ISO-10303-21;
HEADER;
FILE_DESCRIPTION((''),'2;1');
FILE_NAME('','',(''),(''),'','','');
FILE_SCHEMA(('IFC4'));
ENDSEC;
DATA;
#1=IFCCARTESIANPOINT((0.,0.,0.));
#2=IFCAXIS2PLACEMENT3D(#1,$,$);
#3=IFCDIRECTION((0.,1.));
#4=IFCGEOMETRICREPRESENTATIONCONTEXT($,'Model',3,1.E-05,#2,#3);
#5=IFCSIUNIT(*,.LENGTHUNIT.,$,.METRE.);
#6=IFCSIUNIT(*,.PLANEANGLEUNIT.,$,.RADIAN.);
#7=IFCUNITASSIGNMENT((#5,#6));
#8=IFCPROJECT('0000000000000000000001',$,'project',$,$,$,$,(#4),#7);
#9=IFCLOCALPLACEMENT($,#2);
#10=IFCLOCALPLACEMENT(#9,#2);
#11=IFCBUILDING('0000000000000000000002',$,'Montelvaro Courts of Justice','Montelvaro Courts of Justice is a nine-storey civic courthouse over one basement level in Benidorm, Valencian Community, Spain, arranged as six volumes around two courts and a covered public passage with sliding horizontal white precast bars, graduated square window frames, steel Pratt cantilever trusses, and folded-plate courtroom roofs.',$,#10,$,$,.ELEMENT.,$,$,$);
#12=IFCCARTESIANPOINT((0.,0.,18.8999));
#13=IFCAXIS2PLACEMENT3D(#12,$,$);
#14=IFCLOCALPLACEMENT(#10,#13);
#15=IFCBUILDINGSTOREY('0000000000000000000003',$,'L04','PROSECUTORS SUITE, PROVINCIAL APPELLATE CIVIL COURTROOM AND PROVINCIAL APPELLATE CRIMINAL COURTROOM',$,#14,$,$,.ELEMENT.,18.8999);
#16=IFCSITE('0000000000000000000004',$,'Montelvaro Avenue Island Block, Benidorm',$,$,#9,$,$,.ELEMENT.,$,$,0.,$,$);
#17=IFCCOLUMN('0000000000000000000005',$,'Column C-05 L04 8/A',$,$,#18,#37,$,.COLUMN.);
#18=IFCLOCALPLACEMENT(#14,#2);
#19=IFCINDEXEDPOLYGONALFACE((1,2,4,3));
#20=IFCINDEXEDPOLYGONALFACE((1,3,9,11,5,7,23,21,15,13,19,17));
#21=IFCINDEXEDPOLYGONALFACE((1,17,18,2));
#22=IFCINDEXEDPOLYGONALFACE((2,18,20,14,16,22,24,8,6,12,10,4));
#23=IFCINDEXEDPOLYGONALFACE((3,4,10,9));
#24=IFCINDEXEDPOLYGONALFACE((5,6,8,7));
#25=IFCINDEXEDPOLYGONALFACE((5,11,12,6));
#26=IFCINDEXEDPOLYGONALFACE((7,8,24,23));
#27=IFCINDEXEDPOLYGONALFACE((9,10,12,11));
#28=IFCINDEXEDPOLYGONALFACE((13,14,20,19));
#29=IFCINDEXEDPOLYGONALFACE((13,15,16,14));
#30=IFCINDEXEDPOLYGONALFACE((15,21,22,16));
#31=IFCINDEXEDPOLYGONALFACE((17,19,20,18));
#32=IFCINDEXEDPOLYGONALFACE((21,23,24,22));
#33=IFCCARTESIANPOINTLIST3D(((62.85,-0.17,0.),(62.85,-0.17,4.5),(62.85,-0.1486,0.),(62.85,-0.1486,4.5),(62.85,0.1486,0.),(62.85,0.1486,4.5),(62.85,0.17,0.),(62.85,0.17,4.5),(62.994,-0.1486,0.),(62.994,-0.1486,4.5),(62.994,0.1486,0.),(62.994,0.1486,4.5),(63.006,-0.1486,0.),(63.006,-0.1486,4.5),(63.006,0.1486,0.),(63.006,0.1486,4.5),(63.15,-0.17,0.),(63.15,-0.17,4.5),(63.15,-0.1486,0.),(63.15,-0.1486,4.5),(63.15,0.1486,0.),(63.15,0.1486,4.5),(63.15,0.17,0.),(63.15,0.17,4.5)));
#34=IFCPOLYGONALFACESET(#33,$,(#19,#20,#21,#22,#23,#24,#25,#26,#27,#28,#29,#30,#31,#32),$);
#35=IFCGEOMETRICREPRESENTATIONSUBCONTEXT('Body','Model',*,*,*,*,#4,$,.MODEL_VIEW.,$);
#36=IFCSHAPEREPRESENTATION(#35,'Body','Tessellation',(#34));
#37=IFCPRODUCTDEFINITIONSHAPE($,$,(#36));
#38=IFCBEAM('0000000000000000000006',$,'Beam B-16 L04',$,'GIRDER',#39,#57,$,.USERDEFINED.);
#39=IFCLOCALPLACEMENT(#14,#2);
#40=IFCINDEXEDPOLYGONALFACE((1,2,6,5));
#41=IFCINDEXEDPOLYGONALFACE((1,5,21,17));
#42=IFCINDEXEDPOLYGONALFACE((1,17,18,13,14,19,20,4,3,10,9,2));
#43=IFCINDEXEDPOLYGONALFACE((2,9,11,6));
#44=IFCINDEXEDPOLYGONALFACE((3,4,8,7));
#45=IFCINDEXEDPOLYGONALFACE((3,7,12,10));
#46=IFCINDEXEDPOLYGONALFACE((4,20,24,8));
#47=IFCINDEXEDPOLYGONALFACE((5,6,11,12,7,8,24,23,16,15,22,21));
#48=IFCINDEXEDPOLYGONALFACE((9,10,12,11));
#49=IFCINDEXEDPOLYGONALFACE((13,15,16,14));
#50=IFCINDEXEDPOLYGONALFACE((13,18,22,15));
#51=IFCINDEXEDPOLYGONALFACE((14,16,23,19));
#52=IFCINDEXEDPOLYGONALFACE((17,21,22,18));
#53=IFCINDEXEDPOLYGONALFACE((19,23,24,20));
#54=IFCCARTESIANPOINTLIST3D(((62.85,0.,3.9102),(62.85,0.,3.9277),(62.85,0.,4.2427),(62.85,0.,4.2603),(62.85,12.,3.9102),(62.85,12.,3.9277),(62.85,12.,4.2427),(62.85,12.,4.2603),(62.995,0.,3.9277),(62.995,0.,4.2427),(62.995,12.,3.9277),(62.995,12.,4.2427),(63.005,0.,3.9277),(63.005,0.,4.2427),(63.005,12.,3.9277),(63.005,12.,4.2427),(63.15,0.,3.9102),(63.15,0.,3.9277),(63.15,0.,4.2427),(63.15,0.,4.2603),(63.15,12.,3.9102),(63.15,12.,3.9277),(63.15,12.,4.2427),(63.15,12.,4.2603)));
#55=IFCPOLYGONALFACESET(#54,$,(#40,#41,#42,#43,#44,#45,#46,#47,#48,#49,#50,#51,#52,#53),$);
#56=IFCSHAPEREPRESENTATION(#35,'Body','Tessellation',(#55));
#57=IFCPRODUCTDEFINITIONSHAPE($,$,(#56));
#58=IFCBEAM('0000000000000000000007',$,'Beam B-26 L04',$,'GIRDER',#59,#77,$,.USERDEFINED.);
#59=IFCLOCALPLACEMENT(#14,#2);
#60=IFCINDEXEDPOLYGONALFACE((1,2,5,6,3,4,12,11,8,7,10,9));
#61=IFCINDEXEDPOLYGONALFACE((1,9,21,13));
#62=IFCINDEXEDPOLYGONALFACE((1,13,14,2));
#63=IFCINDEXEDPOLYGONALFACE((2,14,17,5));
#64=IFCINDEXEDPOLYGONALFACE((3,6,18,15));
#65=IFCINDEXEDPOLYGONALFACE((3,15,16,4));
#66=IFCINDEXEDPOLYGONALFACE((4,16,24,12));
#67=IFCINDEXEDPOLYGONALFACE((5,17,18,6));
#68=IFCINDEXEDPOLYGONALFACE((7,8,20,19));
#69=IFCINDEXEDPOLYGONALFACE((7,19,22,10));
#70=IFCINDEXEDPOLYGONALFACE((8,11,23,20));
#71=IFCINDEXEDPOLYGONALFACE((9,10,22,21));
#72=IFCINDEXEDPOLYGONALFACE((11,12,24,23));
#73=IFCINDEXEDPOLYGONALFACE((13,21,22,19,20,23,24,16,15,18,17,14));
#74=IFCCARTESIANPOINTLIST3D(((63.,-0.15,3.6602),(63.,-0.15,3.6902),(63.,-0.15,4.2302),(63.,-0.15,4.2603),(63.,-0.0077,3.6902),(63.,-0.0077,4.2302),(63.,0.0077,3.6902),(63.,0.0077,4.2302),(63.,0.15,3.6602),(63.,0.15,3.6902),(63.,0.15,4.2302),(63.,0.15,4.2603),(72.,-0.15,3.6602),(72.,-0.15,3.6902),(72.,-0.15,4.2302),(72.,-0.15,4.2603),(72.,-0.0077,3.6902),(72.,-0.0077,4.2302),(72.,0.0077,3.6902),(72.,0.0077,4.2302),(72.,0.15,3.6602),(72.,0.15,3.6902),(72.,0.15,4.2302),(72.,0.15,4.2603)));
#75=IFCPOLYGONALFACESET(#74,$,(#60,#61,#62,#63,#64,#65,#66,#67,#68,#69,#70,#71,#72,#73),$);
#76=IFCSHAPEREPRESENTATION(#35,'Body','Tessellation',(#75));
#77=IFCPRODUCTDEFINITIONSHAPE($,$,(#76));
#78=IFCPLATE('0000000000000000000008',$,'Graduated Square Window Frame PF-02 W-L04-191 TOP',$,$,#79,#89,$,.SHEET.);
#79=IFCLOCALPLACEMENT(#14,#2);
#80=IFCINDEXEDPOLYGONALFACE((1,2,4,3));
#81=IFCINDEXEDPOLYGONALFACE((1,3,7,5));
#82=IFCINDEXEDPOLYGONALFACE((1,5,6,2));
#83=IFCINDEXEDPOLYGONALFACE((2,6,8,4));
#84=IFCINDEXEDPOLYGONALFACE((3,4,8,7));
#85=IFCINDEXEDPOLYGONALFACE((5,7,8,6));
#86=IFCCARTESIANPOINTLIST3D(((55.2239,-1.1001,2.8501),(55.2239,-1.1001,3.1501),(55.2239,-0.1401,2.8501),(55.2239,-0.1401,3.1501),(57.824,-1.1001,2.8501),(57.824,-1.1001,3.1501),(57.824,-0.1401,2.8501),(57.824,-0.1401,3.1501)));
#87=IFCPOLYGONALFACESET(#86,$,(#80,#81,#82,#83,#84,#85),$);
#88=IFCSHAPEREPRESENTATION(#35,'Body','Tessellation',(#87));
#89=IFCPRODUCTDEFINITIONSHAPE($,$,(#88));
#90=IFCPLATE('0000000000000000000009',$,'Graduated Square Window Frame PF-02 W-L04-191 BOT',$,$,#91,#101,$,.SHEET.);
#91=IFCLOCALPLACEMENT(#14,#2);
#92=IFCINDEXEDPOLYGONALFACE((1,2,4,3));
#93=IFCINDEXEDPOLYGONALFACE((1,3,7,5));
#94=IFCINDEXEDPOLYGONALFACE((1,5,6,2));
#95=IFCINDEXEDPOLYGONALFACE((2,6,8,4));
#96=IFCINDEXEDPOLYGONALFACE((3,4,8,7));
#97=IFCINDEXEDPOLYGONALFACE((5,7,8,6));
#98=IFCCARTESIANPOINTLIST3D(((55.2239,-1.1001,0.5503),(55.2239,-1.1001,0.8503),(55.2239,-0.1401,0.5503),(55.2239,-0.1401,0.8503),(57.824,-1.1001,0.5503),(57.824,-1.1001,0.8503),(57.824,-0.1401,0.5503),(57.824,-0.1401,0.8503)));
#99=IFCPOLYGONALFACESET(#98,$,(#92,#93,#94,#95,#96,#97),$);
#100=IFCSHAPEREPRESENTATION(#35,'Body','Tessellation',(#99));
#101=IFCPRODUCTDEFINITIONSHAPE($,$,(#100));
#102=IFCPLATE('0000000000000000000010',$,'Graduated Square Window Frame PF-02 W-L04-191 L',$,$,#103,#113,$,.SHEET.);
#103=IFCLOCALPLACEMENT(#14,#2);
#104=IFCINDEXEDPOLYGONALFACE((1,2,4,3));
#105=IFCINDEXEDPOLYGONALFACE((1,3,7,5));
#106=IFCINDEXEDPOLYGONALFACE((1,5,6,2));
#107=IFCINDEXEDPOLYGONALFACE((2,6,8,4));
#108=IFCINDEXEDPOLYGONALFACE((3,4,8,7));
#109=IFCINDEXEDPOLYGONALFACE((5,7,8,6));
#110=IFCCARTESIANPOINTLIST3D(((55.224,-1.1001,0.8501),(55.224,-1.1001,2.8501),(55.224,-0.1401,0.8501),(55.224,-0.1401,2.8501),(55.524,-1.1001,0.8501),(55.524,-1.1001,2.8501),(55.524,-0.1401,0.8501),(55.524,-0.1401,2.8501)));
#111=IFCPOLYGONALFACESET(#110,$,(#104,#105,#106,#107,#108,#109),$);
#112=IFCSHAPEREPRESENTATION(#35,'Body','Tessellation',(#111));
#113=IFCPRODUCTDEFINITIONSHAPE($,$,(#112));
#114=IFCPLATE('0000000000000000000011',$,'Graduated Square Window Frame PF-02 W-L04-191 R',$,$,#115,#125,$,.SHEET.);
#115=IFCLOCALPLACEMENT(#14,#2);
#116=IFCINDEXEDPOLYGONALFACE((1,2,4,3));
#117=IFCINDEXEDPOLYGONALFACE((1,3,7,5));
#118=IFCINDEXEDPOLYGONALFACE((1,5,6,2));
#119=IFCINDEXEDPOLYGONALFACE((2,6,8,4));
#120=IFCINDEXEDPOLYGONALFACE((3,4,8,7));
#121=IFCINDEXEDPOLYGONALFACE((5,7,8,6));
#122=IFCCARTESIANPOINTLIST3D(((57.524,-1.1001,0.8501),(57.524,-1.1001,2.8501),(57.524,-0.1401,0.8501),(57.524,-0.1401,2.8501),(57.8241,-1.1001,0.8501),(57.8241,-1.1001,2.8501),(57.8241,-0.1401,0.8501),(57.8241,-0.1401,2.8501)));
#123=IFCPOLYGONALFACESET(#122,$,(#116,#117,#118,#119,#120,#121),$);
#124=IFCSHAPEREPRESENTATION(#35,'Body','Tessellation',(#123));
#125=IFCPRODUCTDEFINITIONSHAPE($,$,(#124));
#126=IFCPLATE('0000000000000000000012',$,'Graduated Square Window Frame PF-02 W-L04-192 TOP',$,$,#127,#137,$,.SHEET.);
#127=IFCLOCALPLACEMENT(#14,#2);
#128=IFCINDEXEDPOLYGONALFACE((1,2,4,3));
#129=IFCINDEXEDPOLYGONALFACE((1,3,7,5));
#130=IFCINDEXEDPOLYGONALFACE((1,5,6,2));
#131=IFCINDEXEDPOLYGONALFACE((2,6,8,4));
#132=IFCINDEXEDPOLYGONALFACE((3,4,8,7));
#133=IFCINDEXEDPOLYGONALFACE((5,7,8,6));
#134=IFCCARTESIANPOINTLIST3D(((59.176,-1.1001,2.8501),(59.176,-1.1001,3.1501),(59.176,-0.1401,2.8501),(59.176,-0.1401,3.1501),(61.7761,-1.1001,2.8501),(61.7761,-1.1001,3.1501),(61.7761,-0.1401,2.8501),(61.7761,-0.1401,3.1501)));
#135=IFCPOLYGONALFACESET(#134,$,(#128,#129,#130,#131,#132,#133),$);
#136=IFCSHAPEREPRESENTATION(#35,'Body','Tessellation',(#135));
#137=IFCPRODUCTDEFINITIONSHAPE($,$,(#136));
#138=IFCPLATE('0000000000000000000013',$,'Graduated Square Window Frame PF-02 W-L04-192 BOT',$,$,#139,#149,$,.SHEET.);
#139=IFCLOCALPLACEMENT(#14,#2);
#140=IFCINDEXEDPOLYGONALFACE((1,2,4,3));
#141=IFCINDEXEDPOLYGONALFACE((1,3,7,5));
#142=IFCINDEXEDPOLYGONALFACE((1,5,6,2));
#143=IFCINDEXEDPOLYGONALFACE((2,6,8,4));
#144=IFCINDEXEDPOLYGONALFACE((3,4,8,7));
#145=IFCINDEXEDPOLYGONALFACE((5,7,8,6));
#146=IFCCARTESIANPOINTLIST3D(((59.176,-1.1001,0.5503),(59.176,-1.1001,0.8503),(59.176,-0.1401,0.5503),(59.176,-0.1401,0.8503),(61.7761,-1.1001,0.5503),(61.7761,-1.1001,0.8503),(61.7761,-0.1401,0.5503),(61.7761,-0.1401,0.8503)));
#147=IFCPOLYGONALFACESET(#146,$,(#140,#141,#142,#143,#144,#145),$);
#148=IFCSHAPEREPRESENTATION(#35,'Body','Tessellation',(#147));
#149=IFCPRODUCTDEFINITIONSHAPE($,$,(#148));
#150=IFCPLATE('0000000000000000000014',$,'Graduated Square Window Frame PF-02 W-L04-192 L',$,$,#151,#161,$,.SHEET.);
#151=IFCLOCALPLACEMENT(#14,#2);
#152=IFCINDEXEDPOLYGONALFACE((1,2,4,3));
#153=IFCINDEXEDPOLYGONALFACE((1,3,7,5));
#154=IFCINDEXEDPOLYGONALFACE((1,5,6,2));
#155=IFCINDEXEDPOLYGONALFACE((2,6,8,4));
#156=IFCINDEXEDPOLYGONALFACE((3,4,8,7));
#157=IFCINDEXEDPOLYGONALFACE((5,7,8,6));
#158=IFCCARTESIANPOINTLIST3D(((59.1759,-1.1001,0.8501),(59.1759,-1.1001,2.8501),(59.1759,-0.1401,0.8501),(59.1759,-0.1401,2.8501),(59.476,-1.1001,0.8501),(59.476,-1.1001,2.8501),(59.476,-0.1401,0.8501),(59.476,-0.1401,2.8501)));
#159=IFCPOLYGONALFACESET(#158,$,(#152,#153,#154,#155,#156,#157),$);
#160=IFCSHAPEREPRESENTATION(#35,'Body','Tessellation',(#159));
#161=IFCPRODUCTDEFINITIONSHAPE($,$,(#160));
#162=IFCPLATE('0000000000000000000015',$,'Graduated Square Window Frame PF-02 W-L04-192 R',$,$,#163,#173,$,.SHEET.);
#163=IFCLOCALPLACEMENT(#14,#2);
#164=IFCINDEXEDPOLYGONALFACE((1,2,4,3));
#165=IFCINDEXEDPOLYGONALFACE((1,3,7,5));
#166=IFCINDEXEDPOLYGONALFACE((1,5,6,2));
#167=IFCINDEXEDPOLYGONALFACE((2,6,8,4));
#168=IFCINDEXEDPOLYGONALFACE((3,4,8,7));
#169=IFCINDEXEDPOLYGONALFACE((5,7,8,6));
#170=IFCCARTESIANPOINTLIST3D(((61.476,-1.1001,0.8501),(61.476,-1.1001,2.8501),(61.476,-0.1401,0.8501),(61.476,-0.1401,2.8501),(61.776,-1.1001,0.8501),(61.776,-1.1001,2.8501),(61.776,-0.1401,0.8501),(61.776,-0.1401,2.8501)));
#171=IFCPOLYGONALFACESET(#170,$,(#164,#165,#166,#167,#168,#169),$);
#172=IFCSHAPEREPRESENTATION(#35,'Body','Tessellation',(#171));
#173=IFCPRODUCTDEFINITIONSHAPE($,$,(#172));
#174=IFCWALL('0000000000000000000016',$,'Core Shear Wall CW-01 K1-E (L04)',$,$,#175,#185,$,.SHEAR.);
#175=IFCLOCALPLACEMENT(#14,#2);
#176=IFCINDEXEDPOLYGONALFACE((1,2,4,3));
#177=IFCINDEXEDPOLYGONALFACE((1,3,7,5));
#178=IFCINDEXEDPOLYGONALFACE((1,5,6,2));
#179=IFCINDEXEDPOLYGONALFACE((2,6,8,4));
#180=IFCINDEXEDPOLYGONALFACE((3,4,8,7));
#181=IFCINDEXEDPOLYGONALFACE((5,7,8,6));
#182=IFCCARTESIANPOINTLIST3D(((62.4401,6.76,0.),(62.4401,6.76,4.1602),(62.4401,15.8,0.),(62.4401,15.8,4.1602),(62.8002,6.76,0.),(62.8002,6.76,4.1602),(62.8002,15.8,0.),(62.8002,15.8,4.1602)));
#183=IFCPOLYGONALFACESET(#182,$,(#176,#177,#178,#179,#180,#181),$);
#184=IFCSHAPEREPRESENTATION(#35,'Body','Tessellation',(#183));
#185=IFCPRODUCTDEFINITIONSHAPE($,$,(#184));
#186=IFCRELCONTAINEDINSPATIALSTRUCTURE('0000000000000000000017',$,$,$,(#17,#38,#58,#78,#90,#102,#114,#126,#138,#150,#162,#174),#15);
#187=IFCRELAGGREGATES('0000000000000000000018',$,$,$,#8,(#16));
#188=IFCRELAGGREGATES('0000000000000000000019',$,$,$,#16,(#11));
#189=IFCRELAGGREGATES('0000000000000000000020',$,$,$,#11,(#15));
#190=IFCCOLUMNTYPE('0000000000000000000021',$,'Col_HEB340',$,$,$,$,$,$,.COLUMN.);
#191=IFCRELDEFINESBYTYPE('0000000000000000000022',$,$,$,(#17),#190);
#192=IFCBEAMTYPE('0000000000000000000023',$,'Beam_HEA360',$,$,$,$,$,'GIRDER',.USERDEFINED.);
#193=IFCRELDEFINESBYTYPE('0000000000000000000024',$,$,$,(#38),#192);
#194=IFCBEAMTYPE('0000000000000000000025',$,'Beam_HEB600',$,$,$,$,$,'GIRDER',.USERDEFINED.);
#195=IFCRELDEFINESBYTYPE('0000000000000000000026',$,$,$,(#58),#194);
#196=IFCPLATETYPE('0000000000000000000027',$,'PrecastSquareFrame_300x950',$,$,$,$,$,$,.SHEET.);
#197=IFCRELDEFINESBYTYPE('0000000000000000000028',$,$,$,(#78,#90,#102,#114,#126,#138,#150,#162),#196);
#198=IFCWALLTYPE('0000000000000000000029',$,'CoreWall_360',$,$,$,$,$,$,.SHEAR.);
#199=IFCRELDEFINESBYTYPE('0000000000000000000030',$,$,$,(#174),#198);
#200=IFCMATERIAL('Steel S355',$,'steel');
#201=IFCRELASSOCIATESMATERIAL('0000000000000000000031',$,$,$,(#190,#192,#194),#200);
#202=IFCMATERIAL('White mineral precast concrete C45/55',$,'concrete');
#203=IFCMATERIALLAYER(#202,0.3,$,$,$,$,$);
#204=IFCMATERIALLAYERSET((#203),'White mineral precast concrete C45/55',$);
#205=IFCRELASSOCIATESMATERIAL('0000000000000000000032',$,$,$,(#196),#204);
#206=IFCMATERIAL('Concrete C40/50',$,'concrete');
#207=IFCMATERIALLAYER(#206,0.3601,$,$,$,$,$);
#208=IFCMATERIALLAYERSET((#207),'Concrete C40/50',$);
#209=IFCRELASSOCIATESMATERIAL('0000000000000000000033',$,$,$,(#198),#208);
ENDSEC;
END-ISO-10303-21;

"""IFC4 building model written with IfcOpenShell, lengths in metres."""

from ifc_helpers import new_model, si_unit, direction, frame, frame_2d, origin, origin_2d, place, context, subcontext, project, spatial, rectangle, i_section, extrude, material, layer, layer_set, material_profile, profile_set, type_object, element, save


model = new_model("IFC4")

# Units and contexts
model_context = context("Model", 3, precision=1e-05, world=origin(), true_north=direction((0.0, 1.0)))
body_context = subcontext(model_context, "Body", "Model", "MODEL_VIEW")
ifc_project = project(units=[si_unit("LENGTHUNIT", "METRE"), si_unit("PLANEANGLEUNIT", "RADIAN")], contexts=[model_context])

# Site, building, storey
site_placement = place(None, origin())
site = spatial("IfcSite", under=ifc_project, at=site_placement, Name="Montelvaro Avenue Island Block, Benidorm", CompositionType="ELEMENT", RefElevation=0.0)
building_placement = place(site_placement, origin())
building = spatial("IfcBuilding", under=site, at=building_placement, Name="Montelvaro Courts of Justice", Description="Montelvaro Courts of Justice is a nine-storey civic courthouse over one basement level in Benidorm, Valencian Community, Spain, arranged as six volumes around two courts and a covered public passage with sliding horizontal white precast bars, graduated square window frames, steel Pratt cantilever trusses, and folded-plate courtroom roofs.", CompositionType="ELEMENT")
storey_placement = place(building_placement, frame((0.0, 0.0, 18.8999)))
storey = spatial("IfcBuildingStorey", under=building, at=storey_placement, Name="L04", Description="PROSECUTORS SUITE, PROVINCIAL APPELLATE CIVIL COURTROOM AND PROVINCIAL APPELLATE CRIMINAL COURTROOM", CompositionType="ELEMENT", Elevation=18.8999)

# Column
ifc_material_1 = material(Name="Steel S355", Category="steel")
ifc_material_profile_1 = material_profile(ifc_material_1, i_section(OverallWidth=0.3, OverallDepth=0.3401, WebThickness=0.012, FlangeThickness=0.0215, at=origin_2d()), Name="HEB 340")
ifc_profile_set_1 = profile_set([ifc_material_profile_1], Name="Steel S355")
column_type = type_object("IfcColumnType", Name="Col_HEB340", PredefinedType="COLUMN", material=ifc_profile_set_1)
column_placement = place(storey_placement, frame((63.0, 0.0, 0.0), z_axis=(0.0, 0.0, 1.0), x_axis=(1.0, 0.0, 0.0)))
element("IfcColumn", 1, at=column_placement, inside=storey, type_object=column_type, Name="Column C-05 L04 8/A", PredefinedType="COLUMN", context=body_context, shape_type="SweptSolid", body=[
    extrude(i_section(OverallWidth=0.3, OverallDepth=0.3401, WebThickness=0.012, FlangeThickness=0.0215, at=origin_2d()), origin(), (0.0, 0.0, 1.0), 4.5),
])

# Beams
ifc_material_profile_2 = material_profile(ifc_material_1, i_section(OverallWidth=0.3, OverallDepth=0.3501, WebThickness=0.01, FlangeThickness=0.0176, at=origin_2d()), Name="HEA 360")
ifc_profile_set_2 = profile_set([ifc_material_profile_2], Name="Steel S355")
beam_type_1 = type_object("IfcBeamType", Name="Beam_HEA360", ElementType="GIRDER", PredefinedType="USERDEFINED", material=ifc_profile_set_2)
beam_1_placement = place(storey_placement, frame((63.0, 0.0, 4.0852), z_axis=(0.0, 1.0, 0.0), x_axis=(-1.0, 0.0, 0.0)))
element("IfcBeam", 2, at=beam_1_placement, inside=storey, type_object=beam_type_1, Name="Beam B-16 L04", ObjectType="GIRDER", PredefinedType="USERDEFINED", context=body_context, shape_type="SweptSolid", body=[
    extrude(i_section(OverallWidth=0.3, OverallDepth=0.3501, WebThickness=0.01, FlangeThickness=0.0176, at=origin_2d()), origin(), (0.0, 0.0, 1.0), 12.0),
])
ifc_material_profile_3 = material_profile(ifc_material_1, i_section(OverallWidth=0.3, OverallDepth=0.6001, WebThickness=0.0154, FlangeThickness=0.03, at=origin_2d()), Name="HEB 600")
ifc_profile_set_3 = profile_set([ifc_material_profile_3], Name="Steel S355")
beam_type_2 = type_object("IfcBeamType", Name="Beam_HEB600", ElementType="GIRDER", PredefinedType="USERDEFINED", material=ifc_profile_set_3)
beam_2_placement = place(storey_placement, frame((63.0, 0.0, 3.9602), z_axis=(1.0, 0.0, 0.0), x_axis=(0.0, 1.0, 0.0)))
element("IfcBeam", 3, at=beam_2_placement, inside=storey, type_object=beam_type_2, Name="Beam B-26 L04", ObjectType="GIRDER", PredefinedType="USERDEFINED", context=body_context, shape_type="SweptSolid", body=[
    extrude(i_section(OverallWidth=0.3, OverallDepth=0.6001, WebThickness=0.0154, FlangeThickness=0.03, at=origin_2d()), origin(), (0.0, 0.0, 1.0), 9.0),
])

# Plates
ifc_material_2 = material(Name="White mineral precast concrete C45/55", Category="concrete")
ifc_layer_1 = layer(ifc_material_2, 0.3)
ifc_layer_set_1 = layer_set([ifc_layer_1], Name="White mineral precast concrete C45/55")
plate_type = type_object("IfcPlateType", Name="PrecastSquareFrame_300x950", PredefinedType="SHEET", material=ifc_layer_set_1)
for number, where, z_axis, x_axis, name in (
    (4, (56.5239, -0.6201, 2.8501), (0.0, 0.0, 1.0), (1.0, 0.0, 0.0), "Graduated Square Window Frame PF-02 W-L04-191 TOP"),
    (5, (56.5239, -0.6201, 0.5503), (0.0, 0.0, 1.0), (1.0, 0.0, 0.0), "Graduated Square Window Frame PF-02 W-L04-191 BOT"),
):
    element("IfcPlate", number, at=place(storey_placement, frame(where, z_axis=z_axis, x_axis=x_axis)), inside=storey, type_object=plate_type, Name=name, PredefinedType="SHEET", context=body_context, shape_type="SweptSolid", body=[
        extrude(rectangle(XDim=2.6001, YDim=0.96, at=origin_2d()), origin(), (0.0, 0.0, 1.0), 0.3),
    ])
for number, where, z_axis, x_axis, name in (
    (6, (55.374, -0.6201, 0.8501), (0.0, 0.0, 1.0), (1.0, 0.0, 0.0), "Graduated Square Window Frame PF-02 W-L04-191 L"),
    (7, (57.6741, -0.6201, 0.8501), (0.0, 0.0, 1.0), (1.0, 0.0, 0.0), "Graduated Square Window Frame PF-02 W-L04-191 R"),
):
    element("IfcPlate", number, at=place(storey_placement, frame(where, z_axis=z_axis, x_axis=x_axis)), inside=storey, type_object=plate_type, Name=name, PredefinedType="SHEET", context=body_context, shape_type="SweptSolid", body=[
        extrude(rectangle(XDim=0.3, YDim=0.96, at=origin_2d()), origin(), (0.0, 0.0, 1.0), 2.0),
    ])
for number, where, z_axis, x_axis, name in (
    (8, (60.4761, -0.6201, 2.8501), (0.0, 0.0, 1.0), (1.0, 0.0, 0.0), "Graduated Square Window Frame PF-02 W-L04-192 TOP"),
    (9, (60.4761, -0.6201, 0.5503), (0.0, 0.0, 1.0), (1.0, 0.0, 0.0), "Graduated Square Window Frame PF-02 W-L04-192 BOT"),
):
    element("IfcPlate", number, at=place(storey_placement, frame(where, z_axis=z_axis, x_axis=x_axis)), inside=storey, type_object=plate_type, Name=name, PredefinedType="SHEET", context=body_context, shape_type="SweptSolid", body=[
        extrude(rectangle(XDim=2.6001, YDim=0.96, at=origin_2d()), origin(), (0.0, 0.0, 1.0), 0.3),
    ])
for number, where, z_axis, x_axis, name in (
    (10, (59.3259, -0.6201, 0.8501), (0.0, 0.0, 1.0), (1.0, 0.0, 0.0), "Graduated Square Window Frame PF-02 W-L04-192 L"),
    (11, (61.626, -0.6201, 0.8501), (0.0, 0.0, 1.0), (1.0, 0.0, 0.0), "Graduated Square Window Frame PF-02 W-L04-192 R"),
):
    element("IfcPlate", number, at=place(storey_placement, frame(where, z_axis=z_axis, x_axis=x_axis)), inside=storey, type_object=plate_type, Name=name, PredefinedType="SHEET", context=body_context, shape_type="SweptSolid", body=[
        extrude(rectangle(XDim=0.3, YDim=0.96, at=origin_2d()), origin(), (0.0, 0.0, 1.0), 2.0),
    ])

# Wall
ifc_material_3 = material(Name="Concrete C40/50", Category="concrete")
ifc_layer_2 = layer(ifc_material_3, 0.3601)
ifc_layer_set_2 = layer_set([ifc_layer_2], Name="Concrete C40/50")
wall_type_1 = type_object("IfcWallType", Name="CoreWall_360", PredefinedType="SHEAR", material=ifc_layer_set_2)
wall_1_placement = place(storey_placement, frame((62.6201, 6.76, 0.0), z_axis=(0.0, 0.0, 1.0), x_axis=(0.0, 1.0, 0.0)))
element("IfcWall", 12, at=wall_1_placement, inside=storey, type_object=wall_type_1, Name="Core Shear Wall CW-01 K1-E (L04)", PredefinedType="SHEAR", context=body_context, shape_type="SweptSolid", body=[
    extrude(rectangle(XDim=9.04, YDim=0.3601, at=frame_2d((4.52, 0.0))), origin(), (0.0, 0.0, 1.0), 4.1602),
])

save(model, "model.ifc")
